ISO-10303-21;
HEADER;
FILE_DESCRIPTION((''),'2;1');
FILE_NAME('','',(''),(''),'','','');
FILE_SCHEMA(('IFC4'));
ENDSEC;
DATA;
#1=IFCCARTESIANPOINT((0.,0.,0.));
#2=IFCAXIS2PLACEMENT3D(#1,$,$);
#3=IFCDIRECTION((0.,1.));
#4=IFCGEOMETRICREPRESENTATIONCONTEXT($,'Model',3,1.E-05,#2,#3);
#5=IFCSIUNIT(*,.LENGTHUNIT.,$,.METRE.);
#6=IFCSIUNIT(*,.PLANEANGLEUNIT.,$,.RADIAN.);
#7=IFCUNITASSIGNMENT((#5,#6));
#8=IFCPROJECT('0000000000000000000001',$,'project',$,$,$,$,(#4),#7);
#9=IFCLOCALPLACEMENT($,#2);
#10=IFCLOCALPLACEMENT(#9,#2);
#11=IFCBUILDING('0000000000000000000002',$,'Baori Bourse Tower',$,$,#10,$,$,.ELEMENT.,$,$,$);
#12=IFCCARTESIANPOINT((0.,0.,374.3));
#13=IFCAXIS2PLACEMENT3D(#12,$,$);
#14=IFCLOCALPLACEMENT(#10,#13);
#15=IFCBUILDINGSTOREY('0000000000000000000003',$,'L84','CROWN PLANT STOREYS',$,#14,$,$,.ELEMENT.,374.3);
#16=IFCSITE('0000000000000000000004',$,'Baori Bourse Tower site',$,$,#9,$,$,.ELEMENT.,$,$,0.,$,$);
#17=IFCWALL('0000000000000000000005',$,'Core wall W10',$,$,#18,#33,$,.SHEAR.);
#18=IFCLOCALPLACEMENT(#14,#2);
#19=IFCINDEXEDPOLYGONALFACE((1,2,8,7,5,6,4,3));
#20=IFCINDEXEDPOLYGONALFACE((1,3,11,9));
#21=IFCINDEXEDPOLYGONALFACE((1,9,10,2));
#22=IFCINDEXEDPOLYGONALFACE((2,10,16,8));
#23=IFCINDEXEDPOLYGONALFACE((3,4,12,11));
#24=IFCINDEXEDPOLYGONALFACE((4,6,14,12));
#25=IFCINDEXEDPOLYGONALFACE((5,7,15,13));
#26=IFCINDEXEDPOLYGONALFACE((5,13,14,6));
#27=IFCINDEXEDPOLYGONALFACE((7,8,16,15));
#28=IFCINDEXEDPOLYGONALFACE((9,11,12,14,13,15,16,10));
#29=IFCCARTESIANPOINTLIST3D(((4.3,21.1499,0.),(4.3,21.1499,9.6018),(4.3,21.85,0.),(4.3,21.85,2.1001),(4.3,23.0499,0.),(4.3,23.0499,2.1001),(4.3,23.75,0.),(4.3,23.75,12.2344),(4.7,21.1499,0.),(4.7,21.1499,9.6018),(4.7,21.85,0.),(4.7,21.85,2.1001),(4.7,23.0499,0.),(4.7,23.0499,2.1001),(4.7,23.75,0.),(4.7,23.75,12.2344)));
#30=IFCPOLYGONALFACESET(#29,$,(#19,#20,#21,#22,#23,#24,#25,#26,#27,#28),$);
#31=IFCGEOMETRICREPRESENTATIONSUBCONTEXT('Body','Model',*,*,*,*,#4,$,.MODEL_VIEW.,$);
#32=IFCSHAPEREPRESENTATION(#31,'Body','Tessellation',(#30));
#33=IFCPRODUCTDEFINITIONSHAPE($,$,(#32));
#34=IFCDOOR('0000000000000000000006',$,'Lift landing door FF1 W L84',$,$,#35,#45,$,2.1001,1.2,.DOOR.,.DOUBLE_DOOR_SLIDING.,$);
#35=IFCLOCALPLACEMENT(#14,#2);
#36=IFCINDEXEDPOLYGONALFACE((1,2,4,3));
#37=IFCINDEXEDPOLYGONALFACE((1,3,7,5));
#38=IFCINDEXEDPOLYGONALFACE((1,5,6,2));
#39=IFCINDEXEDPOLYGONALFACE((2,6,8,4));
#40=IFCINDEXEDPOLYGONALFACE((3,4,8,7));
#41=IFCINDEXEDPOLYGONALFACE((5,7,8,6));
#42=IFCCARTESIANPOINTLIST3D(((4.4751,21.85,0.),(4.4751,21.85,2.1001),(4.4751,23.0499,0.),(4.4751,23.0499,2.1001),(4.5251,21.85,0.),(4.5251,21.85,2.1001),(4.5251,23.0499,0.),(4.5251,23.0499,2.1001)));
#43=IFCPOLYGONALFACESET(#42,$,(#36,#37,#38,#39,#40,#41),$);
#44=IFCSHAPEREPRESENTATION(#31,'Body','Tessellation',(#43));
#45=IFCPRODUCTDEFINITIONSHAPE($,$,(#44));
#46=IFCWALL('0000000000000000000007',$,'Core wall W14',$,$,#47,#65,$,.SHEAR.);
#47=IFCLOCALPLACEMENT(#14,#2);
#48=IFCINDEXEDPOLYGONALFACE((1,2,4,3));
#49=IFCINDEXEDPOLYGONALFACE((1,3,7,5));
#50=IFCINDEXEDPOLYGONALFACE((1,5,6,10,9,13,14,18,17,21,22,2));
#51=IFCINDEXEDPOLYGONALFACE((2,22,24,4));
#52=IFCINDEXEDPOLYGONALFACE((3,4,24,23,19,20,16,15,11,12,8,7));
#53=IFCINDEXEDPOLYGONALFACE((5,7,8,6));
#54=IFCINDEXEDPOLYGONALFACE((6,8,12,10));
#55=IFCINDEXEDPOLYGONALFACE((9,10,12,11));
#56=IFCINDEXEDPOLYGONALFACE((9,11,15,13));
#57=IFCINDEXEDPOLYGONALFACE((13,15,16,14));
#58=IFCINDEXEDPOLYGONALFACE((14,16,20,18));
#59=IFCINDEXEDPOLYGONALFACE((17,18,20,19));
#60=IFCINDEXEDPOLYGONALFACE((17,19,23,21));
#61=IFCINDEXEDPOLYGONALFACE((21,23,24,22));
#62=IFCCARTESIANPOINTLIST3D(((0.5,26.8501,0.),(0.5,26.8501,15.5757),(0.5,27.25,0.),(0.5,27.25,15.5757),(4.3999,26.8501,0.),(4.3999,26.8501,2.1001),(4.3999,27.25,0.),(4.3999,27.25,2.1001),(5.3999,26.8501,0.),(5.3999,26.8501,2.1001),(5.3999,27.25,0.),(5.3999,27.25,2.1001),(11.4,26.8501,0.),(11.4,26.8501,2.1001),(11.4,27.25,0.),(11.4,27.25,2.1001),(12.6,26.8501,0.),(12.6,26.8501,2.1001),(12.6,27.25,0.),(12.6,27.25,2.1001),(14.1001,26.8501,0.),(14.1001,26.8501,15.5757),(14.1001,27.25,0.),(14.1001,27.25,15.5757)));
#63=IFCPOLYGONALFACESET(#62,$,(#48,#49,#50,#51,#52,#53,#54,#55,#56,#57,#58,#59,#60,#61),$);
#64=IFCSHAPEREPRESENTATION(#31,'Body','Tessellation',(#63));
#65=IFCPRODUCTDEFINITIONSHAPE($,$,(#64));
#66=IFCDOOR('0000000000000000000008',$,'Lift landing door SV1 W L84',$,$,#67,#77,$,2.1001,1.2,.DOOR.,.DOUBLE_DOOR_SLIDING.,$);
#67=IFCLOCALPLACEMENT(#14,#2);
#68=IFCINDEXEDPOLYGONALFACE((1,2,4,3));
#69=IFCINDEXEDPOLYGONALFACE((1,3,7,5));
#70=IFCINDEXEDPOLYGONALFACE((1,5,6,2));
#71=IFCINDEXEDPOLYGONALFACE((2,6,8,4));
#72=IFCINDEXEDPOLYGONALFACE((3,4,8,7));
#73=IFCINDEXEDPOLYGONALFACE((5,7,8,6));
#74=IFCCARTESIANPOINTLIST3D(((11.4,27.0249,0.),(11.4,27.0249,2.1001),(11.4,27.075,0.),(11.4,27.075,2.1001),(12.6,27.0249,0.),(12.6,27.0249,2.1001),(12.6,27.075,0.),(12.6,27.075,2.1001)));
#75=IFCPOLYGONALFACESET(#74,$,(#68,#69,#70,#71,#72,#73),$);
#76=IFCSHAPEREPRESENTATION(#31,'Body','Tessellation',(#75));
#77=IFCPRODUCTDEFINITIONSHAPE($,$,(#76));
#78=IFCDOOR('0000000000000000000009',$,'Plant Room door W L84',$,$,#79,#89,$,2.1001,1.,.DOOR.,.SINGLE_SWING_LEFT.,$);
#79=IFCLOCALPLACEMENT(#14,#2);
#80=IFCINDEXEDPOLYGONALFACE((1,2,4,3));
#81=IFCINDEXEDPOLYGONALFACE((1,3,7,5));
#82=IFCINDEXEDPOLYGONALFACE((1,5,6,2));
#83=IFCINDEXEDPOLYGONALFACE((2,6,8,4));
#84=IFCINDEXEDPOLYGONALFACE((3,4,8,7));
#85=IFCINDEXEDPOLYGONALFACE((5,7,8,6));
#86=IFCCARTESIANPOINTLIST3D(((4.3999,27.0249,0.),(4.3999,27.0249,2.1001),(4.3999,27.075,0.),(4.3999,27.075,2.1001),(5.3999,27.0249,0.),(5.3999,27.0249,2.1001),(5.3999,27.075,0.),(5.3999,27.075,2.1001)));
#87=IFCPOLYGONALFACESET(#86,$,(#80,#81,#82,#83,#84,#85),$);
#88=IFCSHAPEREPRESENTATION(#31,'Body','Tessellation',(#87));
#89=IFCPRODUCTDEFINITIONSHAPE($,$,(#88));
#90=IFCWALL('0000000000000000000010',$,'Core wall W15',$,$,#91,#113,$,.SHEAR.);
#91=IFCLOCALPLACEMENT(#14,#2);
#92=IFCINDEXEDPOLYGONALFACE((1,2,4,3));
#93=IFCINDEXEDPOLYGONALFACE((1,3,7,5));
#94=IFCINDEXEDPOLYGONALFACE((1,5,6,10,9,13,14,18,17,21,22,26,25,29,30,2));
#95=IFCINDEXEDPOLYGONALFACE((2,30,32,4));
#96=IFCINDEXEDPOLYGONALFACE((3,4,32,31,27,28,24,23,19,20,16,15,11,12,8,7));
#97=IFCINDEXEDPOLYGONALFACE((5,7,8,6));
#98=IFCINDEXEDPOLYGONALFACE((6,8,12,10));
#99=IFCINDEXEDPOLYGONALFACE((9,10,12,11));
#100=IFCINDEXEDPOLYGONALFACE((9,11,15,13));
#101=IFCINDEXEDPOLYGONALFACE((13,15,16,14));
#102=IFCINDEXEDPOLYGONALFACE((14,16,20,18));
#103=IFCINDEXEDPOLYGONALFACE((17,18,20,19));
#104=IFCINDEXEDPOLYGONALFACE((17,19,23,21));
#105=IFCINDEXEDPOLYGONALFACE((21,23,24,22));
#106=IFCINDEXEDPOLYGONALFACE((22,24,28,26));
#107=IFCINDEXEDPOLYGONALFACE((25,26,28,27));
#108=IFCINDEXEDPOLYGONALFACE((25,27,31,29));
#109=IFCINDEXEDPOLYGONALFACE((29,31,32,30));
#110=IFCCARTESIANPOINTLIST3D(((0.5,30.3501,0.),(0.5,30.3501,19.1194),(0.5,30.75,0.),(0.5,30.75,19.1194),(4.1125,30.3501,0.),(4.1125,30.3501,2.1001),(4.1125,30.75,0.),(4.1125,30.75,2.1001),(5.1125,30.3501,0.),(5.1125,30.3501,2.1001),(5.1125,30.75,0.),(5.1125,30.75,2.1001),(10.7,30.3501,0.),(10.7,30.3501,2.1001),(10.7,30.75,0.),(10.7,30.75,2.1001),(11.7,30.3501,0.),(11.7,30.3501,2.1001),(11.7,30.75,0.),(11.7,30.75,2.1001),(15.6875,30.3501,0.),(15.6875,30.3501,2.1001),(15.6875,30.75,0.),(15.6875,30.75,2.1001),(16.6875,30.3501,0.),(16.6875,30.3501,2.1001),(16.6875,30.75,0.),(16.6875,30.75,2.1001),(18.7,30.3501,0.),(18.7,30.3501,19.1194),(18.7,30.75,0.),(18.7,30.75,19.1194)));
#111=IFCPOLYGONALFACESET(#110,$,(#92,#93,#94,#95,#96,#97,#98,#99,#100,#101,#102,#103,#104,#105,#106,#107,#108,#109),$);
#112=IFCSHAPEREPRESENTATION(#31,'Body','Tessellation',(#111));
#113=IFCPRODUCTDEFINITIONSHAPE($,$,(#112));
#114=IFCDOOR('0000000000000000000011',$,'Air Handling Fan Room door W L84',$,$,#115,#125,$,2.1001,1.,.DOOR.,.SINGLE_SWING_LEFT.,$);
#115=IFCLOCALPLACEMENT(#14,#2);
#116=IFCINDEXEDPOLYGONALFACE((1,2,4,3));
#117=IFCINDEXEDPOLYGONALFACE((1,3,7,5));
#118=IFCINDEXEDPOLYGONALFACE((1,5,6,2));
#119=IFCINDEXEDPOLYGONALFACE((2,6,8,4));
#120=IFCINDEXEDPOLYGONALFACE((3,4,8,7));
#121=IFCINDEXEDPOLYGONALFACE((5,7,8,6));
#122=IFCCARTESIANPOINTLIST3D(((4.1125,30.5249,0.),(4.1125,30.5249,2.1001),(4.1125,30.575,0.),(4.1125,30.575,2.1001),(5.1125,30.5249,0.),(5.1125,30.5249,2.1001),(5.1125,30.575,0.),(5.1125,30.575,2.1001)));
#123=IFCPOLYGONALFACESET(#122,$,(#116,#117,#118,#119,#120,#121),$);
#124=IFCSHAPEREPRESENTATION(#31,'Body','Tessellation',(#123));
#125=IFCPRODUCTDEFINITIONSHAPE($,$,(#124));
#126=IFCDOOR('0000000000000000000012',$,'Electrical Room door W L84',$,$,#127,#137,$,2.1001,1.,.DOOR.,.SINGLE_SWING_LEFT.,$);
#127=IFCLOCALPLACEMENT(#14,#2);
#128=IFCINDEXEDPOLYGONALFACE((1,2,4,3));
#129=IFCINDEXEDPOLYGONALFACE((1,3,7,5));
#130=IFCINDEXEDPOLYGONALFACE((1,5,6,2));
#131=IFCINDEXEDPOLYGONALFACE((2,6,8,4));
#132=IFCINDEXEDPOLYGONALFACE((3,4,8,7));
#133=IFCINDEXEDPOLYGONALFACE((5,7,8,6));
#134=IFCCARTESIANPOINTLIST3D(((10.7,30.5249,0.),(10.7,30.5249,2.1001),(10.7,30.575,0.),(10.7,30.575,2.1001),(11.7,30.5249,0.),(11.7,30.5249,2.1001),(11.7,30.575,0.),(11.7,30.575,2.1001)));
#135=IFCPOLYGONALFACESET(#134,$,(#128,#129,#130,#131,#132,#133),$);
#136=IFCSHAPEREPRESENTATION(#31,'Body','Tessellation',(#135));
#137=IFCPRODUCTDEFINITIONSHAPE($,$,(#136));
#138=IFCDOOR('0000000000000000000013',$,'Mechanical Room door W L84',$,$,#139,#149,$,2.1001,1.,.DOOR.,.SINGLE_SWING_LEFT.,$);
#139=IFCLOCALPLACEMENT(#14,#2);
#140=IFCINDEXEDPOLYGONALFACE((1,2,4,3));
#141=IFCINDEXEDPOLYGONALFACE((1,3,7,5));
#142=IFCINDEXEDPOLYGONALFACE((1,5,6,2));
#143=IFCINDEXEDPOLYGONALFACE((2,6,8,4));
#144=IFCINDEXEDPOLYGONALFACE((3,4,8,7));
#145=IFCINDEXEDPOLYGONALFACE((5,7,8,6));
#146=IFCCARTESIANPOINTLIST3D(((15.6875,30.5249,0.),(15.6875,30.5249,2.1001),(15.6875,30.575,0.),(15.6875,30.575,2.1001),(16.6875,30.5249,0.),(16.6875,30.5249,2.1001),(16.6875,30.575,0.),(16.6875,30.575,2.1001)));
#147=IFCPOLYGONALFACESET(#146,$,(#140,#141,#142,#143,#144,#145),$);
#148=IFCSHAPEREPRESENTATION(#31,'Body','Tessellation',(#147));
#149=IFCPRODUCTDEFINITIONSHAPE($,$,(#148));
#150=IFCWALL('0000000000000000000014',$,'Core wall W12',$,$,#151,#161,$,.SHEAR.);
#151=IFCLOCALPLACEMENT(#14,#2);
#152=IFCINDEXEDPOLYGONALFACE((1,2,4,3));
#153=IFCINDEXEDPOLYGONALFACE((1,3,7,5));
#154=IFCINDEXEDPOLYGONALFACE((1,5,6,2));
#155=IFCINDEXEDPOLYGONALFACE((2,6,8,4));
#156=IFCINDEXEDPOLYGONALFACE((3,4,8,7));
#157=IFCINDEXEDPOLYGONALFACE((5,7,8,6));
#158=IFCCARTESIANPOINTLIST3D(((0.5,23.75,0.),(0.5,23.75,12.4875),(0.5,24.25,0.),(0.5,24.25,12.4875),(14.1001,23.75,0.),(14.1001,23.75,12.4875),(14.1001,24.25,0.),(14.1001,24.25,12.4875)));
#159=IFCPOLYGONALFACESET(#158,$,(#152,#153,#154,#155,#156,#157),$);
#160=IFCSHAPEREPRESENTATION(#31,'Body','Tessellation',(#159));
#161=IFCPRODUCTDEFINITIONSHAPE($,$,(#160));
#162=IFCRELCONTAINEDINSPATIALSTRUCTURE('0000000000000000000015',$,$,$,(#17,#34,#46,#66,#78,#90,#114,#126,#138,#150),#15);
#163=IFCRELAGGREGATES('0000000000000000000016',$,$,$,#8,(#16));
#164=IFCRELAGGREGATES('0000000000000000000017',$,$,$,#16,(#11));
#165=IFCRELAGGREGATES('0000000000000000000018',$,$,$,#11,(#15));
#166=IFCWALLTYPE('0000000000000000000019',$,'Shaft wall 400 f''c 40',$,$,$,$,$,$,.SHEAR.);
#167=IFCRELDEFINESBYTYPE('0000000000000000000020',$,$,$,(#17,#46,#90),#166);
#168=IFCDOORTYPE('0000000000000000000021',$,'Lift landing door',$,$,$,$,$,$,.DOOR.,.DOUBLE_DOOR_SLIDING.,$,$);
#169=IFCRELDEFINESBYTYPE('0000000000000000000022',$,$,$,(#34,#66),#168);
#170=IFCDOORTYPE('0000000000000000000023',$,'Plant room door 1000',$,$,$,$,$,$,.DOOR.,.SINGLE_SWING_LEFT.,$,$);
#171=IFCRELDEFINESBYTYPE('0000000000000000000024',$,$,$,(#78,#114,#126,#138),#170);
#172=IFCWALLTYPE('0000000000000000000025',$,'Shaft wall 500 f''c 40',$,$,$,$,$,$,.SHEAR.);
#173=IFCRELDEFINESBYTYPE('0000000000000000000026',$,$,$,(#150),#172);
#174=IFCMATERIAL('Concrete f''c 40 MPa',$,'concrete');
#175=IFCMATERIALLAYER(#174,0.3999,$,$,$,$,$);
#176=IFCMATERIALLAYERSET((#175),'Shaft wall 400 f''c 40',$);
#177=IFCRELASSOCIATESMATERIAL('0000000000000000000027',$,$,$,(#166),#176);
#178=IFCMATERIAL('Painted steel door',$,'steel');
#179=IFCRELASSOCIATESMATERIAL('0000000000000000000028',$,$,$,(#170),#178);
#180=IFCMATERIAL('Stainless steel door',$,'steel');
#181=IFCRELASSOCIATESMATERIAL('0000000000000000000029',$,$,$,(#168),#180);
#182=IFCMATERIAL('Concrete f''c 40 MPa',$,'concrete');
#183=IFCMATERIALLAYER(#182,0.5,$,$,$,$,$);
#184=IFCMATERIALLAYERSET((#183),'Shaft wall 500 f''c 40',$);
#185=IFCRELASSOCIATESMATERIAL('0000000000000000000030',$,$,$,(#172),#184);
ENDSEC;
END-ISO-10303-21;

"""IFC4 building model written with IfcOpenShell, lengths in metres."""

from ifc_helpers import new_model, si_unit, direction, frame, frame_2d, origin, place, context, subcontext, project, spatial, polyline, rectangle, outline, extrude, material, layer, layer_set, type_object, element, fill, save


model = new_model("IFC4")

# Units and contexts
model_context = context("Model", 3, precision=1e-05, world=origin(), true_north=direction((0.0, 1.0)))
body_context = subcontext(model_context, "Body", "Model", "MODEL_VIEW")
ifc_project = project(units=[si_unit("LENGTHUNIT", "METRE"), si_unit("PLANEANGLEUNIT", "RADIAN")], contexts=[model_context])

# Site, building, storey
site_placement = place(None, origin())
site = spatial("IfcSite", under=ifc_project, at=site_placement, Name="Baori Bourse Tower site", CompositionType="ELEMENT", RefElevation=0.0)
building_placement = place(site_placement, origin())
building = spatial("IfcBuilding", under=site, at=building_placement, Name="Baori Bourse Tower", CompositionType="ELEMENT")
storey_placement = place(building_placement, frame((0.0, 0.0, 374.3)))
storey = spatial("IfcBuildingStorey", under=building, at=storey_placement, Name="L84", Description="CROWN PLANT STOREYS", CompositionType="ELEMENT", Elevation=374.3)

# Shared definitions
ifc_material_1 = material(Name="Concrete f'c 40 MPa", Category="concrete")
ifc_layer_1 = layer(ifc_material_1, 0.3999)
ifc_layer_set_1 = layer_set([ifc_layer_1], Name="Shaft wall 400 f'c 40")
wall_type_1 = type_object("IfcWallType", Name="Shaft wall 400 f'c 40", PredefinedType="SHEAR", material=ifc_layer_set_1)
ifc_material_2 = material(Name="Painted steel door", Category="steel")
door_type_1 = type_object("IfcDoorType", Name="Plant room door 1000", OperationType="SINGLE_SWING_LEFT", PredefinedType="DOOR", material=ifc_material_2)

# Wall, opening, door
wall_1_placement = place(storey_placement, frame((4.5, 21.1499, 0.0), z_axis=(0.0, 0.0, 1.0), x_axis=(0.0, 1.0, 0.0)))
wall_1 = element("IfcWall", 1, at=wall_1_placement, inside=storey, type_object=wall_type_1, Name="Core wall W10", PredefinedType="SHEAR", context=body_context, shape_type="SweptSolid", body=[
    extrude(outline(polyline([(0.0, 0.0), (2.6001, 0.0), (2.6001, 12.2344), (0.0, 9.6018), (0.0, 0.0)])), frame((0.0, 0.2, 0.0), z_axis=(0.0, -1.0, 0.0), x_axis=(1.0, 0.0, 0.0)), (0.0, 0.0, 1.0), 0.3999),
])
opening_1_placement = place(wall_1_placement, frame((0.7, 0.0, 0.0)))
opening_1 = element("IfcOpeningElement", 2, at=opening_1_placement, cuts=wall_1, PredefinedType="OPENING", context=body_context, shape_type="SweptSolid", body=[
    extrude(rectangle(XDim=1.2, YDim=2.1001, at=frame_2d((0.6001, 1.05))), frame((0.0, 0.21, 0.0), z_axis=(0.0, -1.0, 0.0), x_axis=(1.0, 0.0, 0.0)), (0.0, 0.0, 1.0), 0.4199),
])
ifc_material_3 = material(Name="Stainless steel door", Category="steel")
door_type_2 = type_object("IfcDoorType", Name="Lift landing door", OperationType="DOUBLE_DOOR_SLIDING", PredefinedType="DOOR", material=ifc_material_3)
door_1_placement = place(opening_1_placement, origin())
door_1 = element("IfcDoor", 3, at=door_1_placement, inside=storey, type_object=door_type_2, Name="Lift landing door FF1 W L84", OperationType="DOUBLE_DOOR_SLIDING", OverallHeight=2.1001, OverallWidth=1.2, PredefinedType="DOOR", context=body_context, shape_type="SweptSolid", body=[
    extrude(rectangle(XDim=1.2, YDim=2.1001, at=frame_2d((0.6001, 1.05))), frame((0.0, 0.0249, 0.0), z_axis=(0.0, -1.0, 0.0), x_axis=(1.0, 0.0, 0.0)), (0.0, 0.0, 1.0), 0.05),
])
fill(opening_1, door_1)

# Walls, openings, doors
wall_2_placement = place(storey_placement, frame((0.5, 27.05, 0.0), z_axis=(0.0, 0.0, 1.0), x_axis=(1.0, 0.0, 0.0)))
wall_2 = element("IfcWall", 4, at=wall_2_placement, inside=storey, type_object=wall_type_1, Name="Core wall W14", PredefinedType="SHEAR", context=body_context, shape_type="SweptSolid", body=[
    extrude(outline(polyline([(0.0, 0.0), (13.6001, 0.0), (13.6001, 15.5757), (0.0, 15.5757), (0.0, 0.0)])), frame((0.0, 0.2, 0.0), z_axis=(0.0, -1.0, 0.0), x_axis=(1.0, 0.0, 0.0)), (0.0, 0.0, 1.0), 0.3999),
])
opening_2_placement = place(wall_2_placement, frame((3.8999, 0.0, 0.0)))
opening_2 = element("IfcOpeningElement", 5, at=opening_2_placement, cuts=wall_2, PredefinedType="OPENING", context=body_context, shape_type="SweptSolid", body=[
    extrude(rectangle(XDim=1.0, YDim=2.1001, at=frame_2d((0.5, 1.05))), frame((0.0, 0.21, 0.0), z_axis=(0.0, -1.0, 0.0), x_axis=(1.0, 0.0, 0.0)), (0.0, 0.0, 1.0), 0.4199),
])
opening_3_placement = place(wall_2_placement, frame((10.8999, 0.0, 0.0)))
opening_3 = element("IfcOpeningElement", 6, at=opening_3_placement, cuts=wall_2, PredefinedType="OPENING", context=body_context, shape_type="SweptSolid", body=[
    extrude(rectangle(XDim=1.2, YDim=2.1001, at=frame_2d((0.6001, 1.05))), frame((0.0, 0.21, 0.0), z_axis=(0.0, -1.0, 0.0), x_axis=(1.0, 0.0, 0.0)), (0.0, 0.0, 1.0), 0.4199),
])
door_2_placement = place(opening_3_placement, origin())
door_2 = element("IfcDoor", 7, at=door_2_placement, inside=storey, type_object=door_type_2, Name="Lift landing door SV1 W L84", OperationType="DOUBLE_DOOR_SLIDING", OverallHeight=2.1001, OverallWidth=1.2, PredefinedType="DOOR", context=body_context, shape_type="SweptSolid", body=[
    extrude(rectangle(XDim=1.2, YDim=2.1001, at=frame_2d((0.6001, 1.05))), frame((0.0, 0.0249, 0.0), z_axis=(0.0, -1.0, 0.0), x_axis=(1.0, 0.0, 0.0)), (0.0, 0.0, 1.0), 0.05),
])
fill(opening_3, door_2)
door_3_placement = place(opening_2_placement, origin())
door_3 = element("IfcDoor", 8, at=door_3_placement, inside=storey, type_object=door_type_1, Name="Plant Room door W L84", OperationType="SINGLE_SWING_LEFT", OverallHeight=2.1001, OverallWidth=1.0, PredefinedType="DOOR", context=body_context, shape_type="SweptSolid", body=[
    extrude(rectangle(XDim=1.0, YDim=2.1001, at=frame_2d((0.5, 1.05))), frame((0.0, 0.0249, 0.0), z_axis=(0.0, -1.0, 0.0), x_axis=(1.0, 0.0, 0.0)), (0.0, 0.0, 1.0), 0.05),
])
fill(opening_2, door_3)
wall_3_placement = place(storey_placement, frame((0.5, 30.55, 0.0), z_axis=(0.0, 0.0, 1.0), x_axis=(1.0, 0.0, 0.0)))
wall_3 = element("IfcWall", 9, at=wall_3_placement, inside=storey, type_object=wall_type_1, Name="Core wall W15", PredefinedType="SHEAR", context=body_context, shape_type="SweptSolid", body=[
    extrude(outline(polyline([(0.0, 0.0), (18.2, 0.0), (18.2, 19.1194), (0.0, 19.1194), (0.0, 0.0)])), frame((0.0, 0.2, 0.0), z_axis=(0.0, -1.0, 0.0), x_axis=(1.0, 0.0, 0.0)), (0.0, 0.0, 1.0), 0.3999),
])
opening_4_placement = place(wall_3_placement, frame((3.6125, 0.0, 0.0)))
opening_4 = element("IfcOpeningElement", 10, at=opening_4_placement, cuts=wall_3, PredefinedType="OPENING", context=body_context, shape_type="SweptSolid", body=[
    extrude(rectangle(XDim=1.0, YDim=2.1001, at=frame_2d((0.5, 1.05))), frame((0.0, 0.21, 0.0), z_axis=(0.0, -1.0, 0.0), x_axis=(1.0, 0.0, 0.0)), (0.0, 0.0, 1.0), 0.4199),
])
opening_5_placement = place(wall_3_placement, frame((10.2, 0.0, 0.0)))
opening_5 = element("IfcOpeningElement", 11, at=opening_5_placement, cuts=wall_3, PredefinedType="OPENING", context=body_context, shape_type="SweptSolid", body=[
    extrude(rectangle(XDim=1.0, YDim=2.1001, at=frame_2d((0.5, 1.05))), frame((0.0, 0.21, 0.0), z_axis=(0.0, -1.0, 0.0), x_axis=(1.0, 0.0, 0.0)), (0.0, 0.0, 1.0), 0.4199),
])
opening_6_placement = place(wall_3_placement, frame((15.1875, 0.0, 0.0)))
opening_6 = element("IfcOpeningElement", 12, at=opening_6_placement, cuts=wall_3, PredefinedType="OPENING", context=body_context, shape_type="SweptSolid", body=[
    extrude(rectangle(XDim=1.0, YDim=2.1001, at=frame_2d((0.5, 1.05))), frame((0.0, 0.21, 0.0), z_axis=(0.0, -1.0, 0.0), x_axis=(1.0, 0.0, 0.0)), (0.0, 0.0, 1.0), 0.4199),
])
door_4_placement = place(opening_4_placement, origin())
door_4 = element("IfcDoor", 13, at=door_4_placement, inside=storey, type_object=door_type_1, Name="Air Handling Fan Room door W L84", OperationType="SINGLE_SWING_LEFT", OverallHeight=2.1001, OverallWidth=1.0, PredefinedType="DOOR", context=body_context, shape_type="SweptSolid", body=[
    extrude(rectangle(XDim=1.0, YDim=2.1001, at=frame_2d((0.5, 1.05))), frame((0.0, 0.0249, 0.0), z_axis=(0.0, -1.0, 0.0), x_axis=(1.0, 0.0, 0.0)), (0.0, 0.0, 1.0), 0.05),
])
fill(opening_4, door_4)
door_5_placement = place(opening_5_placement, origin())
door_5 = element("IfcDoor", 14, at=door_5_placement, inside=storey, type_object=door_type_1, Name="Electrical Room door W L84", OperationType="SINGLE_SWING_LEFT", OverallHeight=2.1001, OverallWidth=1.0, PredefinedType="DOOR", context=body_context, shape_type="SweptSolid", body=[
    extrude(rectangle(XDim=1.0, YDim=2.1001, at=frame_2d((0.5, 1.05))), frame((0.0, 0.0249, 0.0), z_axis=(0.0, -1.0, 0.0), x_axis=(1.0, 0.0, 0.0)), (0.0, 0.0, 1.0), 0.05),
])
fill(opening_5, door_5)
door_6_placement = place(opening_6_placement, origin())
door_6 = element("IfcDoor", 15, at=door_6_placement, inside=storey, type_object=door_type_1, Name="Mechanical Room door W L84", OperationType="SINGLE_SWING_LEFT", OverallHeight=2.1001, OverallWidth=1.0, PredefinedType="DOOR", context=body_context, shape_type="SweptSolid", body=[
    extrude(rectangle(XDim=1.0, YDim=2.1001, at=frame_2d((0.5, 1.05))), frame((0.0, 0.0249, 0.0), z_axis=(0.0, -1.0, 0.0), x_axis=(1.0, 0.0, 0.0)), (0.0, 0.0, 1.0), 0.05),
])
fill(opening_6, door_6)

# Wall
ifc_material_4 = material(Name="Concrete f'c 40 MPa", Category="concrete")
ifc_layer_2 = layer(ifc_material_4, 0.5)
ifc_layer_set_2 = layer_set([ifc_layer_2], Name="Shaft wall 500 f'c 40")
wall_type_2 = type_object("IfcWallType", Name="Shaft wall 500 f'c 40", PredefinedType="SHEAR", material=ifc_layer_set_2)
wall_4_placement = place(storey_placement, frame((0.5, 24.0, 0.0), z_axis=(0.0, 0.0, 1.0), x_axis=(1.0, 0.0, 0.0)))
element("IfcWall", 16, at=wall_4_placement, inside=storey, type_object=wall_type_2, Name="Core wall W12", PredefinedType="SHEAR", context=body_context, shape_type="SweptSolid", body=[
    extrude(outline(polyline([(0.0, 0.0), (13.6001, 0.0), (13.6001, 12.4875), (0.0, 12.4875), (0.0, 0.0)])), frame((0.0, 0.25, 0.0), z_axis=(0.0, -1.0, 0.0), x_axis=(1.0, 0.0, 0.0)), (0.0, 0.0, 1.0), 0.5),
])

save(model, "model.ifc")
